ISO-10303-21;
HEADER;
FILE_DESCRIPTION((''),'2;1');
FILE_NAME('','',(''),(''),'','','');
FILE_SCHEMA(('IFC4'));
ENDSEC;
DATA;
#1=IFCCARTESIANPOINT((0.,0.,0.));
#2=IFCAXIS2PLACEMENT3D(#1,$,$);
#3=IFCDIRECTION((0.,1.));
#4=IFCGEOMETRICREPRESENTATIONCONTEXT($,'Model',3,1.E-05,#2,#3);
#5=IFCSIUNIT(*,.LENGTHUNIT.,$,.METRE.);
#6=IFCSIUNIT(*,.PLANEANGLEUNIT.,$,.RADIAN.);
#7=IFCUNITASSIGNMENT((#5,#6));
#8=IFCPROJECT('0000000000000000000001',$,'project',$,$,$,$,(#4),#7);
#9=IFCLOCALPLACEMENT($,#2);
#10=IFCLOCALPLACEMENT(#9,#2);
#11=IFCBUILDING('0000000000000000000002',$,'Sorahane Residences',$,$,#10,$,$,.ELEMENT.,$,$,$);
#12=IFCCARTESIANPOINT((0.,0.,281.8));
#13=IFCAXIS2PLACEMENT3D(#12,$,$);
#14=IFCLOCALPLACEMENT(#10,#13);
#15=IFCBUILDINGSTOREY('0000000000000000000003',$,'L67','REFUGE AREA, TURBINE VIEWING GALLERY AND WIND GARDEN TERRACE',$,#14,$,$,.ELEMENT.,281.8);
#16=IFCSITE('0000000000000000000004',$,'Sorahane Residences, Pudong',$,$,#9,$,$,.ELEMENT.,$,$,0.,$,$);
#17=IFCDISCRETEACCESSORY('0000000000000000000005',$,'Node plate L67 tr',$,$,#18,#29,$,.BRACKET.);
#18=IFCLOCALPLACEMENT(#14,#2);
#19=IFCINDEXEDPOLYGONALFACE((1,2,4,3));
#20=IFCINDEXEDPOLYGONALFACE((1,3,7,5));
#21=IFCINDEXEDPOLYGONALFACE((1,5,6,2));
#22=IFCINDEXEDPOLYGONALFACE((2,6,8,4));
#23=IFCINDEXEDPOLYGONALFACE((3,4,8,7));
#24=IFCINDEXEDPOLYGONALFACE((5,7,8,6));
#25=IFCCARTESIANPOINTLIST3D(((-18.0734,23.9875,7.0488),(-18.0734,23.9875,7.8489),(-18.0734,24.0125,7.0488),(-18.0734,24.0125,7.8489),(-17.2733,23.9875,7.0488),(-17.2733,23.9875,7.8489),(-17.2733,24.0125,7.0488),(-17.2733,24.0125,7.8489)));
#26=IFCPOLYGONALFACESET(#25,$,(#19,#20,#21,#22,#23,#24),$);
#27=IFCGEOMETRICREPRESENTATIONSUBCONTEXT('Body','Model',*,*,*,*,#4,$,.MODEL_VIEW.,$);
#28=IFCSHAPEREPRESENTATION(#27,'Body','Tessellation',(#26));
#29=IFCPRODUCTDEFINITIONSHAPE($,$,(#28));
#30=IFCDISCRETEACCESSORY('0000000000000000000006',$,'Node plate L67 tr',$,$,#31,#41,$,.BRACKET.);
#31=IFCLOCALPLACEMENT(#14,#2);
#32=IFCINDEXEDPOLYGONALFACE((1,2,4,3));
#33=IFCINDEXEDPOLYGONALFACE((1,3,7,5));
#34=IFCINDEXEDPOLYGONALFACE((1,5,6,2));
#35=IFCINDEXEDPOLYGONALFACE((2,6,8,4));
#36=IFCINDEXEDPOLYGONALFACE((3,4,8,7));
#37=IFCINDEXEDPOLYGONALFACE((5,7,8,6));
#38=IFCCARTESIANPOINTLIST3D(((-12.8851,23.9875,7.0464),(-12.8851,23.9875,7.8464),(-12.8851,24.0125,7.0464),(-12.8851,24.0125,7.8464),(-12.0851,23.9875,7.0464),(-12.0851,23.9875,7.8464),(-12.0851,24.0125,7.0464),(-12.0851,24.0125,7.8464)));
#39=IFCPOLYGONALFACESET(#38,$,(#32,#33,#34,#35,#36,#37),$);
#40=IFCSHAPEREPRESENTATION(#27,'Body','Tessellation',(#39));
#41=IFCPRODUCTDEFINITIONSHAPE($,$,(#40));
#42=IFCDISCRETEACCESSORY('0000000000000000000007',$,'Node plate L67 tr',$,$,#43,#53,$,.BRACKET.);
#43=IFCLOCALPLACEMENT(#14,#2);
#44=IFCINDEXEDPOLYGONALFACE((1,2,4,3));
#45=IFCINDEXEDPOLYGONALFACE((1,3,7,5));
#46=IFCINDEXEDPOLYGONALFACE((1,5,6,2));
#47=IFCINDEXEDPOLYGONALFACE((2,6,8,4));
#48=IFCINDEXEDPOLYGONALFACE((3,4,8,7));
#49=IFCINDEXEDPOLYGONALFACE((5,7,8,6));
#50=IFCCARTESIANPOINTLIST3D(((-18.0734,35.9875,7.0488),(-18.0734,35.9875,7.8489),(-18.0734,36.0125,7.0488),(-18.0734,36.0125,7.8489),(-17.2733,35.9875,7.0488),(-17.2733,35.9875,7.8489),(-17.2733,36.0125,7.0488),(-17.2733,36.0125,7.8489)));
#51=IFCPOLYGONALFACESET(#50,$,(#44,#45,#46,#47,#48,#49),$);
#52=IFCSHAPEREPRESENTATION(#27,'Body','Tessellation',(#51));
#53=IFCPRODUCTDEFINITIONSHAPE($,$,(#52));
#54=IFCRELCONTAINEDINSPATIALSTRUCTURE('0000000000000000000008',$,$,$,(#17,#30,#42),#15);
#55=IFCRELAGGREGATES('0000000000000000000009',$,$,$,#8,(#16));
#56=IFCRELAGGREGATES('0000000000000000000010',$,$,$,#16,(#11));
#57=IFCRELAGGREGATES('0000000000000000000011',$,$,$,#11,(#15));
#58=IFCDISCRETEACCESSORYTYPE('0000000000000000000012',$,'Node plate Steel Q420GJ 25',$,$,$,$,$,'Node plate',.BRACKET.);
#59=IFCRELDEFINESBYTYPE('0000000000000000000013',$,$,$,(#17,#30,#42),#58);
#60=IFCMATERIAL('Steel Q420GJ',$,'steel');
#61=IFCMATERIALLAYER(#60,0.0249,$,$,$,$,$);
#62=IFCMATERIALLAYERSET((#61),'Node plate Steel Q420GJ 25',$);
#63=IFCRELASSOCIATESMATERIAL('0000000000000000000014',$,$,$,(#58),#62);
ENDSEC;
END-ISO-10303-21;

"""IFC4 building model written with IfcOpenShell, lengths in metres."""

from ifc_helpers import new_model, si_unit, direction, frame, origin, origin_2d, place, context, subcontext, project, spatial, rectangle, extrude, material, layer, layer_set, type_object, element, save


model = new_model("IFC4")

# Units and contexts
model_context = context("Model", 3, precision=1e-05, world=origin(), true_north=direction((0.0, 1.0)))
body_context = subcontext(model_context, "Body", "Model", "MODEL_VIEW")
ifc_project = project(units=[si_unit("LENGTHUNIT", "METRE"), si_unit("PLANEANGLEUNIT", "RADIAN")], contexts=[model_context])

# Site, building, storey
site_placement = place(None, origin())
site = spatial("IfcSite", under=ifc_project, at=site_placement, Name="Sorahane Residences, Pudong", CompositionType="ELEMENT", RefElevation=0.0)
building_placement = place(site_placement, origin())
building = spatial("IfcBuilding", under=site, at=building_placement, Name="Sorahane Residences", CompositionType="ELEMENT")
storey_placement = place(building_placement, frame((0.0, 0.0, 281.8)))
storey = spatial("IfcBuildingStorey", under=building, at=storey_placement, Name="L67", Description="REFUGE AREA, TURBINE VIEWING GALLERY AND WIND GARDEN TERRACE", CompositionType="ELEMENT", Elevation=281.8)

# Discrete accessories
ifc_material_1 = material(Name="Steel Q420GJ", Category="steel")
ifc_layer_1 = layer(ifc_material_1, 0.0249)
ifc_layer_set_1 = layer_set([ifc_layer_1], Name="Node plate Steel Q420GJ 25")
discrete_accessory_type_1 = type_object("IfcDiscreteAccessoryType", Name="Node plate Steel Q420GJ 25", ElementType="Node plate", PredefinedType="BRACKET", material=ifc_layer_set_1)
for number, where, z_axis, x_axis, name in (
    (1, (-17.6733, 24.0, 7.0488), (0.0, 0.0, 1.0), (1.0, 0.0, 0.0), "Node plate L67 tr"),
    (2, (-12.4851, 24.0, 7.0464), (0.0, 0.0, 1.0), (1.0, 0.0, 0.0), "Node plate L67 tr"),
    (3, (-17.6733, 36.0, 7.0488), (0.0, 0.0, 1.0), (1.0, 0.0, 0.0), "Node plate L67 tr"),
):
    element("IfcDiscreteAccessory", number, at=place(storey_placement, frame(where, z_axis=z_axis, x_axis=x_axis)), inside=storey, type_object=discrete_accessory_type_1, Name=name, PredefinedType="BRACKET", context=body_context, shape_type="SweptSolid", body=[
        extrude(rectangle(XDim=0.8, YDim=0.0249, at=origin_2d()), origin(), (0.0, 0.0, 1.0), 0.8),
    ])

save(model, "model.ifc")
